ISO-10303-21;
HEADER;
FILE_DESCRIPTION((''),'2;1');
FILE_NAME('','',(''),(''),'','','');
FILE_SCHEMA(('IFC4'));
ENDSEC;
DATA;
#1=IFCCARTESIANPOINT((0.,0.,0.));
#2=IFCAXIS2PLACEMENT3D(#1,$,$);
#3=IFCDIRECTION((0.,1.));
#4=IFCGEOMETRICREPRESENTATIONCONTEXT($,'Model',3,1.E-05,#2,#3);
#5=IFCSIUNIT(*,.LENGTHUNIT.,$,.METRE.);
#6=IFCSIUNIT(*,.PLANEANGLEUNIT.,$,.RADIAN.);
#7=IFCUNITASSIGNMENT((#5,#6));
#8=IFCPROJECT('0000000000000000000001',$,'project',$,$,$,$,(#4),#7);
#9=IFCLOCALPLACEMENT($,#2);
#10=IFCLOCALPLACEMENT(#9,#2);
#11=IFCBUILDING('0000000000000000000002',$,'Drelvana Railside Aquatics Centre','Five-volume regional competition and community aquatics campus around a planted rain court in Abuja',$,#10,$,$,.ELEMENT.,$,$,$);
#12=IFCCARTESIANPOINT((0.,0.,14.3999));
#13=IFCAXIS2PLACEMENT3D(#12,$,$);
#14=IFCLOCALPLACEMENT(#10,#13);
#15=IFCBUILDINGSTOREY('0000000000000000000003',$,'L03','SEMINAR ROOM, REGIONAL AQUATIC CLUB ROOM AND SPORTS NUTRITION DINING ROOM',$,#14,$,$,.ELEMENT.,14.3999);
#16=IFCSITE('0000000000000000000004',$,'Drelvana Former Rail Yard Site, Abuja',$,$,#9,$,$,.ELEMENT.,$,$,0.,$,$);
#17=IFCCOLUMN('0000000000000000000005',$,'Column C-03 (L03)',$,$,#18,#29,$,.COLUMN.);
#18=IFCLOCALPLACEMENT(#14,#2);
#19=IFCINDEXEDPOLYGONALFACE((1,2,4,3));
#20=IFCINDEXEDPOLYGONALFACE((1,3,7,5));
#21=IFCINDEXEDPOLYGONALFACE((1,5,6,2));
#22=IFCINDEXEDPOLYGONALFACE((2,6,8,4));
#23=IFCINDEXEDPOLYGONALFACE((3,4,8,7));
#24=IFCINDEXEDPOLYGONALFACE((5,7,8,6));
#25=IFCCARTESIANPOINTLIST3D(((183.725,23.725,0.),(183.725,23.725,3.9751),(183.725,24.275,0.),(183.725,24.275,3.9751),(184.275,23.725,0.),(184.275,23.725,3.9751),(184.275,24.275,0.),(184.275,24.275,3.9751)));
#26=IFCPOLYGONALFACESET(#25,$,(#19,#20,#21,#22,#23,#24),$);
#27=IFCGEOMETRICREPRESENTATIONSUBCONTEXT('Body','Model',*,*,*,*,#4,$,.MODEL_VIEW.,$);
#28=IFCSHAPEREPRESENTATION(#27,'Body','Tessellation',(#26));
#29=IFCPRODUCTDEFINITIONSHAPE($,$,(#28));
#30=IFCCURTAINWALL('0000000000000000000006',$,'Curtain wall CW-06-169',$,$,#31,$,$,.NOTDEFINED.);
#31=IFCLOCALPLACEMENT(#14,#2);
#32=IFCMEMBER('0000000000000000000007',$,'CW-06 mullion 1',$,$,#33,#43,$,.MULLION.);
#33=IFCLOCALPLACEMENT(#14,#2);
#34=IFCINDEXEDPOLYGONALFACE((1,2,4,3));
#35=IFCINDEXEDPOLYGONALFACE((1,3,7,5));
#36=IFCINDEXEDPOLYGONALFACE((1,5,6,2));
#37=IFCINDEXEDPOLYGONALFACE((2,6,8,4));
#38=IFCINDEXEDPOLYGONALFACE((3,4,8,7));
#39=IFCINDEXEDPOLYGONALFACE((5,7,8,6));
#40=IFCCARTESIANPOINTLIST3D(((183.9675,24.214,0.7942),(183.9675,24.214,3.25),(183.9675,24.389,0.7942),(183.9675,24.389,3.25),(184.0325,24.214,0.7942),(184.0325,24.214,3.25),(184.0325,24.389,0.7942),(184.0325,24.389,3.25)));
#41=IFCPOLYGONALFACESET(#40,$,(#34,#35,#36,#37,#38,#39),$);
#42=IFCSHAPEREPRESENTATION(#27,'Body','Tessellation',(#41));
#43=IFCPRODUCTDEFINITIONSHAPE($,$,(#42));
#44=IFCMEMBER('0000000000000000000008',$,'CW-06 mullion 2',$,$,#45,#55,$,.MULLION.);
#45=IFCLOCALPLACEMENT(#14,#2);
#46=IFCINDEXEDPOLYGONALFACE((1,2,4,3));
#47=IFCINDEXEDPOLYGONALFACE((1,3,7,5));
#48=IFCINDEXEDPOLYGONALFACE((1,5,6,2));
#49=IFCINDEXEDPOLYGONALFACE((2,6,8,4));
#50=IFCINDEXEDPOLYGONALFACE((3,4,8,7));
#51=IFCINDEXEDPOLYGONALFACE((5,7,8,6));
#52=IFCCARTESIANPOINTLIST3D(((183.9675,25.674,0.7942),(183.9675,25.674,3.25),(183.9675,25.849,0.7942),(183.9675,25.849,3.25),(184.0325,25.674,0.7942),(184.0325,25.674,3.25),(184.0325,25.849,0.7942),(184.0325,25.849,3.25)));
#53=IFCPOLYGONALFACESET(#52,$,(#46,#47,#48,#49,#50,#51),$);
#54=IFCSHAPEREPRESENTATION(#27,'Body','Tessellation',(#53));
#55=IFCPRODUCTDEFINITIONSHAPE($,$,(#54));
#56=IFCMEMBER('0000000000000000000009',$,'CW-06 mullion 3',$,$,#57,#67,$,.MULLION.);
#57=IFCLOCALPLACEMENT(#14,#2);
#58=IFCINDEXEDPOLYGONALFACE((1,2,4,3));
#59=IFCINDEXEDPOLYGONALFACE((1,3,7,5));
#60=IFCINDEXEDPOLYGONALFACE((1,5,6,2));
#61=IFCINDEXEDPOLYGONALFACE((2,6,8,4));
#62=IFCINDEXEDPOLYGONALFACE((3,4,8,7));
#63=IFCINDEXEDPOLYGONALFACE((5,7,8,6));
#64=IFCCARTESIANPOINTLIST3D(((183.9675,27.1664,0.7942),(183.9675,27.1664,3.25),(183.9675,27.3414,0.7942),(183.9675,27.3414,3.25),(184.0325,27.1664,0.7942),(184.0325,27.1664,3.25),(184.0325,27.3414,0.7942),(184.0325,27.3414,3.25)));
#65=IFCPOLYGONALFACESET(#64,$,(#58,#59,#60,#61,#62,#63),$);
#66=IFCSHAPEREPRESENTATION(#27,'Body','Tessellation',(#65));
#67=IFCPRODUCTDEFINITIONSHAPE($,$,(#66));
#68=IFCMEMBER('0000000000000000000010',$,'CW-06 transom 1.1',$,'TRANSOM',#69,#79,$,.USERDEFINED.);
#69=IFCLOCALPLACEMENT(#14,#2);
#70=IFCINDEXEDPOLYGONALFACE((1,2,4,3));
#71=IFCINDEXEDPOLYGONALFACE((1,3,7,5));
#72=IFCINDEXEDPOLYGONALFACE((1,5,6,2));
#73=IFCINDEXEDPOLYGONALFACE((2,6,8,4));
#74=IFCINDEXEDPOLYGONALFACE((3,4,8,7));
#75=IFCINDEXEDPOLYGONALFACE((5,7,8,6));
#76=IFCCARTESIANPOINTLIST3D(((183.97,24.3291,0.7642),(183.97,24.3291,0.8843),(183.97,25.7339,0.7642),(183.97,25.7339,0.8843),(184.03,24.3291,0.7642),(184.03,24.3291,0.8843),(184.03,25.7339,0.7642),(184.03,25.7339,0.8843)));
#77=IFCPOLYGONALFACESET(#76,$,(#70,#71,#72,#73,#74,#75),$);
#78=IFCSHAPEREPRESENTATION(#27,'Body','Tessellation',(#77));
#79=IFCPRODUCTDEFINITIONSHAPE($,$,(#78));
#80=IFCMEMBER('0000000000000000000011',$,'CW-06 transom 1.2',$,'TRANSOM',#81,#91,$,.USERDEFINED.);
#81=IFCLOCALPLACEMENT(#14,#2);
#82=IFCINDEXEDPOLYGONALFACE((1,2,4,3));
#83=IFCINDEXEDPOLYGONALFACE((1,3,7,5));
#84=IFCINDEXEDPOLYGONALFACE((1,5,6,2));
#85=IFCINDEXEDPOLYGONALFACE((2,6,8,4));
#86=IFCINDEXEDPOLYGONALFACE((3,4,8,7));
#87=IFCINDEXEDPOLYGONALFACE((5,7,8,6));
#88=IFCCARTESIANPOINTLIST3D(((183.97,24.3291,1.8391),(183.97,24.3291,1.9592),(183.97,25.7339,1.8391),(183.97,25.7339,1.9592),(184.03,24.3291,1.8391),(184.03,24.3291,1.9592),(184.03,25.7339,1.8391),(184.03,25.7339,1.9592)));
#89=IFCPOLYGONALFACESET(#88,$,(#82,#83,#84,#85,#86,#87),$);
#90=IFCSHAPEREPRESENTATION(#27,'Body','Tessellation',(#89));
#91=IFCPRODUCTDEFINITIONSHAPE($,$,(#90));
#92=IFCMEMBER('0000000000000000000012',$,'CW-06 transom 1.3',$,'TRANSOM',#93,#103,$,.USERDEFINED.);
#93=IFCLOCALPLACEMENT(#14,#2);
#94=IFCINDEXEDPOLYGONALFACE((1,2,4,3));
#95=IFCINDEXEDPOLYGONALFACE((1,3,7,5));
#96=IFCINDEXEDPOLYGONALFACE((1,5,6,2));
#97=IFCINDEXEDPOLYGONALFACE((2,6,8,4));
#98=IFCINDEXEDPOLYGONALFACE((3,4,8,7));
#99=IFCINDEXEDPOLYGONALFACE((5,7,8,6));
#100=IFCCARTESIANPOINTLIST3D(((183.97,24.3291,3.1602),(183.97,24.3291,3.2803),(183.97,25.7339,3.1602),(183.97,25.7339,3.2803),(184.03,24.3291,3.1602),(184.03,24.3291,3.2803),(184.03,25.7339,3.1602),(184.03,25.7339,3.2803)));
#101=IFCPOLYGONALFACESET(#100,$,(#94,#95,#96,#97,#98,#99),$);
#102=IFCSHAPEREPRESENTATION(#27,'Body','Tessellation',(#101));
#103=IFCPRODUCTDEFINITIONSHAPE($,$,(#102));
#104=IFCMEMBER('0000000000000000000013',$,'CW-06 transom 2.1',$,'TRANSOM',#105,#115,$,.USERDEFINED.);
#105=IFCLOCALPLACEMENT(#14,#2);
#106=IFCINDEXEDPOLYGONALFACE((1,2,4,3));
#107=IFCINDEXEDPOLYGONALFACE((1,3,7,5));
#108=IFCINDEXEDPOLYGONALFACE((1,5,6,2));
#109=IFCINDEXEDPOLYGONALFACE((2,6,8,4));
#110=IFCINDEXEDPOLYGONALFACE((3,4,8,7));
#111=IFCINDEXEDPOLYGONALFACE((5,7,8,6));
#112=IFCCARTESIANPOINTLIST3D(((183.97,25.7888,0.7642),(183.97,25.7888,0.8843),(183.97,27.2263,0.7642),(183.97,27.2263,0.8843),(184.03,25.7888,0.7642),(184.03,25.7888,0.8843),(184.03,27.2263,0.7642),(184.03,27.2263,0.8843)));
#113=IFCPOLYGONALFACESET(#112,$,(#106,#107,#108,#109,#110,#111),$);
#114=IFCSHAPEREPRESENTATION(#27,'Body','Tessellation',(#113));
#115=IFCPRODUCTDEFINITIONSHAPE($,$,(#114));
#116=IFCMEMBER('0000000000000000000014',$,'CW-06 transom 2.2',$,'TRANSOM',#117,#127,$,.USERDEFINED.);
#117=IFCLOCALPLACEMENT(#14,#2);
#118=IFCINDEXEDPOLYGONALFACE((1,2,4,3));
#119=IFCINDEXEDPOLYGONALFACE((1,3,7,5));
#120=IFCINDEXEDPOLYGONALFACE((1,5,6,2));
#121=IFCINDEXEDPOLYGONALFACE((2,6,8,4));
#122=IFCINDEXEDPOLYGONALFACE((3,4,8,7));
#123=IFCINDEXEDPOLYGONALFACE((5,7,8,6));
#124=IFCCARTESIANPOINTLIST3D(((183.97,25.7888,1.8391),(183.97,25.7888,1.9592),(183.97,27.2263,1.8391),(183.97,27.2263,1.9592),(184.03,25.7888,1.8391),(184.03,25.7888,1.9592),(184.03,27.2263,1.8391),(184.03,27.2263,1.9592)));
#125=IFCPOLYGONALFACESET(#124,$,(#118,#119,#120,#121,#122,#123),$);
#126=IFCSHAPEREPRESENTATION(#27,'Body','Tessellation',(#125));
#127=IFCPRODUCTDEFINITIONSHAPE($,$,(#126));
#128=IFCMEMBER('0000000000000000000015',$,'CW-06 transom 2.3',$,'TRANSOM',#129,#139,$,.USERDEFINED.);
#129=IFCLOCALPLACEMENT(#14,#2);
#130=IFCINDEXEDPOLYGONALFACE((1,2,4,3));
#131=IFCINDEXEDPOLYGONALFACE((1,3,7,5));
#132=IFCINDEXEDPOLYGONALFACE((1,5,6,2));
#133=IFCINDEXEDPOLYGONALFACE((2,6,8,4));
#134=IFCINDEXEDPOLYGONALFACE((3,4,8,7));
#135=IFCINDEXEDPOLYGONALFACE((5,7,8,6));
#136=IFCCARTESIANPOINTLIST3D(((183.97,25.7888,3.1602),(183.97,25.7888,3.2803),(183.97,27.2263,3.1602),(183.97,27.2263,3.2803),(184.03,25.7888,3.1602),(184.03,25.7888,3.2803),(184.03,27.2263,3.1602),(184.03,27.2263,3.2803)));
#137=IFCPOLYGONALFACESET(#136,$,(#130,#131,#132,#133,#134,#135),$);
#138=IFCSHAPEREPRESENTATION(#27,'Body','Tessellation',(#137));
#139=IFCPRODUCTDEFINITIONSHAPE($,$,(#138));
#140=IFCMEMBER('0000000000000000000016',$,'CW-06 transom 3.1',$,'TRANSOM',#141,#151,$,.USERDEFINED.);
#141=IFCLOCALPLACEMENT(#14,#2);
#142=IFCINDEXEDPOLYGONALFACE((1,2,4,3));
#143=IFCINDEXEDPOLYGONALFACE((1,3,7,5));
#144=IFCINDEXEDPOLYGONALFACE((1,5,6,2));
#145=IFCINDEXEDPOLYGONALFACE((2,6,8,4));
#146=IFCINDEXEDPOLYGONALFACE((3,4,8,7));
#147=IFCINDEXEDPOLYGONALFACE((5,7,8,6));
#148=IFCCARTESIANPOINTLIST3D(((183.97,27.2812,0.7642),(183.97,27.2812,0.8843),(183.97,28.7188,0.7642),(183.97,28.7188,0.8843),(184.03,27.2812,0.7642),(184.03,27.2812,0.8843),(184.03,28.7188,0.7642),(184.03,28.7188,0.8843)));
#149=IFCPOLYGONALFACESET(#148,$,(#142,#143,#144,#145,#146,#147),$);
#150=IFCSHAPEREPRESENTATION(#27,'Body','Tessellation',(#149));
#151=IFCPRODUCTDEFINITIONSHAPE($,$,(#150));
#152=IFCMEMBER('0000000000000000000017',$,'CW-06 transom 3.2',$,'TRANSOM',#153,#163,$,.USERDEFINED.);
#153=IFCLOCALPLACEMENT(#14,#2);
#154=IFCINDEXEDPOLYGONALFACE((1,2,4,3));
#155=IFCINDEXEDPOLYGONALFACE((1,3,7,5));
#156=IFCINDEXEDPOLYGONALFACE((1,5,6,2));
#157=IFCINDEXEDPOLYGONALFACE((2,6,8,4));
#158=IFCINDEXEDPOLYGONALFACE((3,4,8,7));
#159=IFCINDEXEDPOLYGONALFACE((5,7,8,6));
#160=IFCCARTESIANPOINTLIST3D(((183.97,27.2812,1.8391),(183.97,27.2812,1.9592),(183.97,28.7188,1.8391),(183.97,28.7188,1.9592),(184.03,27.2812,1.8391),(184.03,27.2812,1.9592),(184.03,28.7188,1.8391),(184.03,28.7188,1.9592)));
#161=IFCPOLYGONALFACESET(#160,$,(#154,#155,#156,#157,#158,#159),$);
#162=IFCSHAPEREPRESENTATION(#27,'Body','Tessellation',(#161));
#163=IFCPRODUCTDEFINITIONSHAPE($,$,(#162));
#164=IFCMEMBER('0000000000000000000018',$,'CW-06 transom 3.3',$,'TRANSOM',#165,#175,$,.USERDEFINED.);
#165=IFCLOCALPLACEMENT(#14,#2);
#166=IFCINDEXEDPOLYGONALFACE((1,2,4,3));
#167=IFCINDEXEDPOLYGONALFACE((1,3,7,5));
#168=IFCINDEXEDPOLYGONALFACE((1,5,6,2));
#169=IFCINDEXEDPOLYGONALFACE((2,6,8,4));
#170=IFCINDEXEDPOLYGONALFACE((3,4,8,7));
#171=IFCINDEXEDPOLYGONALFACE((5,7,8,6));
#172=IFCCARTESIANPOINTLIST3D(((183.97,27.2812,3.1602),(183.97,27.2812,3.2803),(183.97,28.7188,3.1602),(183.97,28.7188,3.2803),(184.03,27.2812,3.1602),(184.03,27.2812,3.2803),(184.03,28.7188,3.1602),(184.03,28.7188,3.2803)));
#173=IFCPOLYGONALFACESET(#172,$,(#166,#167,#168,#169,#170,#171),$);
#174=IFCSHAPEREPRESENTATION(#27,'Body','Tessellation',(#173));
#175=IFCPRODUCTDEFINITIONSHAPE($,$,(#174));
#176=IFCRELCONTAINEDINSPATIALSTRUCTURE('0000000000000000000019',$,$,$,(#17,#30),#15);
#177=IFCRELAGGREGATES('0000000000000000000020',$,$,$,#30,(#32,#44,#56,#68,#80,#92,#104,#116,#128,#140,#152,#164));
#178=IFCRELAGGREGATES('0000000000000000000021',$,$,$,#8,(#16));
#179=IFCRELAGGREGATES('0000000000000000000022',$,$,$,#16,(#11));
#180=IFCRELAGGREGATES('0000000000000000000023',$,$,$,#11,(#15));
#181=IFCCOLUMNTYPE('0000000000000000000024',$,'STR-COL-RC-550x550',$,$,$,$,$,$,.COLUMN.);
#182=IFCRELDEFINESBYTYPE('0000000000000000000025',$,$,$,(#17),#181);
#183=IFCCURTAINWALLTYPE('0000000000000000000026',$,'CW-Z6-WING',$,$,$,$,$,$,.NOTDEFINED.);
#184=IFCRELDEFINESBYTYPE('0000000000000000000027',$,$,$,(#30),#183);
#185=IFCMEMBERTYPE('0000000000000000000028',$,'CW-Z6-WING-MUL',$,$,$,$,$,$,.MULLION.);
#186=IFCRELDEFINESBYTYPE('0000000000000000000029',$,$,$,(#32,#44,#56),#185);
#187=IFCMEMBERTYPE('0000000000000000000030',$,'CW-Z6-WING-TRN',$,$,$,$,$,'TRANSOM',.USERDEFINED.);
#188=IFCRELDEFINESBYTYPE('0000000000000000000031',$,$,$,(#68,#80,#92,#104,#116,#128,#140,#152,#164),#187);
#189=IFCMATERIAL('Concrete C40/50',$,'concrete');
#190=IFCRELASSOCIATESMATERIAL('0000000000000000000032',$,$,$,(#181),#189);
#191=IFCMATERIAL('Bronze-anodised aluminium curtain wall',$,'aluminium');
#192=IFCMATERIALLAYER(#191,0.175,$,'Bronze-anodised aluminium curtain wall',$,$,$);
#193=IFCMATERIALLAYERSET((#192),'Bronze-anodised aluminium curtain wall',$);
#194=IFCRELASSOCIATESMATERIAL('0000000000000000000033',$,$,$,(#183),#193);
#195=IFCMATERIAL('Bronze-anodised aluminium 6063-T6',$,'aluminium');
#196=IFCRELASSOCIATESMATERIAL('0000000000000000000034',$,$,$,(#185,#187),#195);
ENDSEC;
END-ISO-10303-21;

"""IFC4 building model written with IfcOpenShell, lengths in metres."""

from ifc_helpers import new_model, si_unit, direction, frame, origin, origin_2d, place, context, subcontext, project, spatial, rectangle, extrude, material, layer, layer_set, material_profile, profile_set, type_object, element, aggregate, save


model = new_model("IFC4")

# Units and contexts
model_context = context("Model", 3, precision=1e-05, world=origin(), true_north=direction((0.0, 1.0)))
body_context = subcontext(model_context, "Body", "Model", "MODEL_VIEW")
ifc_project = project(units=[si_unit("LENGTHUNIT", "METRE"), si_unit("PLANEANGLEUNIT", "RADIAN")], contexts=[model_context])

# Site, building, storey
site_placement = place(None, origin())
site = spatial("IfcSite", under=ifc_project, at=site_placement, Name="Drelvana Former Rail Yard Site, Abuja", CompositionType="ELEMENT", RefElevation=0.0)
building_placement = place(site_placement, origin())
building = spatial("IfcBuilding", under=site, at=building_placement, Name="Drelvana Railside Aquatics Centre", Description="Five-volume regional competition and community aquatics campus around a planted rain court in Abuja", CompositionType="ELEMENT")
storey_placement = place(building_placement, frame((0.0, 0.0, 14.3999)))
storey = spatial("IfcBuildingStorey", under=building, at=storey_placement, Name="L03", Description="SEMINAR ROOM, REGIONAL AQUATIC CLUB ROOM AND SPORTS NUTRITION DINING ROOM", CompositionType="ELEMENT", Elevation=14.3999)

# Column
ifc_material_1 = material(Name="Concrete C40/50", Category="concrete")
ifc_material_profile_1 = material_profile(ifc_material_1, rectangle(XDim=0.55, YDim=0.55, at=origin_2d()), Name="RC 550x550")
ifc_profile_set_1 = profile_set([ifc_material_profile_1], Name="Concrete C40/50")
column_type = type_object("IfcColumnType", Name="STR-COL-RC-550x550", PredefinedType="COLUMN", material=ifc_profile_set_1)
column_placement = place(storey_placement, frame((184.0, 24.0, 0.0), z_axis=(0.0, 0.0, 1.0), x_axis=(1.0, 0.0, 0.0)))
element("IfcColumn", 1, at=column_placement, inside=storey, type_object=column_type, Name="Column C-03 (L03)", PredefinedType="COLUMN", context=body_context, shape_type="SweptSolid", body=[
    extrude(rectangle(XDim=0.55, YDim=0.55, at=origin_2d()), origin(), (0.0, 0.0, 1.0), 3.9751),
])

# Curtain wall, members
ifc_material_2 = material(Name="Bronze-anodised aluminium curtain wall", Category="aluminium")
ifc_layer_1 = layer(ifc_material_2, 0.175, Name="Bronze-anodised aluminium curtain wall")
ifc_layer_set_1 = layer_set([ifc_layer_1], Name="Bronze-anodised aluminium curtain wall")
curtain_wall_type = type_object("IfcCurtainWallType", Name="CW-Z6-WING", PredefinedType="NOTDEFINED", material=ifc_layer_set_1)
curtain_wall_placement = place(storey_placement, origin())
curtain_wall = element("IfcCurtainWall", 2, at=curtain_wall_placement, inside=storey, type_object=curtain_wall_type, Name="Curtain wall CW-06-169", PredefinedType="NOTDEFINED")
ifc_material_3 = material(Name="Bronze-anodised aluminium 6063-T6", Category="aluminium")
ifc_material_profile_2 = material_profile(ifc_material_3, rectangle(XDim=0.0649, YDim=0.175, at=origin_2d()), Name="ALU-M 65x175")
ifc_profile_set_2 = profile_set([ifc_material_profile_2], Name="Bronze-anodised aluminium 6063-T6")
member_type_1 = type_object("IfcMemberType", Name="CW-Z6-WING-MUL", PredefinedType="MULLION", material=ifc_profile_set_2)
member_1_placement = place(storey_placement, frame((184.0, 24.3015, 0.7942), z_axis=(0.0, 0.0, 1.0), x_axis=(-1.0, 0.0, 0.0)))
member_1 = element("IfcMember", 3, at=member_1_placement, type_object=member_type_1, Name="CW-06 mullion 1", PredefinedType="MULLION", context=body_context, shape_type="SweptSolid", body=[
    extrude(rectangle(XDim=0.0649, YDim=0.175, at=origin_2d()), origin(), (0.0, 0.0, 1.0), 2.4558),
])
member_2_placement = place(storey_placement, frame((184.0, 25.7615, 0.7942), z_axis=(0.0, 0.0, 1.0), x_axis=(-1.0, 0.0, 0.0)))
member_2 = element("IfcMember", 4, at=member_2_placement, type_object=member_type_1, Name="CW-06 mullion 2", PredefinedType="MULLION", context=body_context, shape_type="SweptSolid", body=[
    extrude(rectangle(XDim=0.0649, YDim=0.175, at=origin_2d()), origin(), (0.0, 0.0, 1.0), 2.4558),
])
member_3_placement = place(storey_placement, frame((184.0, 27.2539, 0.7942), z_axis=(0.0, 0.0, 1.0), x_axis=(-1.0, 0.0, 0.0)))
member_3 = element("IfcMember", 5, at=member_3_placement, type_object=member_type_1, Name="CW-06 mullion 3", PredefinedType="MULLION", context=body_context, shape_type="SweptSolid", body=[
    extrude(rectangle(XDim=0.0649, YDim=0.175, at=origin_2d()), origin(), (0.0, 0.0, 1.0), 2.4558),
])
ifc_material_profile_3 = material_profile(ifc_material_3, rectangle(XDim=0.1201, YDim=0.0601, at=origin_2d()), Name="ALU-T 60x120")
ifc_profile_set_3 = profile_set([ifc_material_profile_3], Name="Bronze-anodised aluminium 6063-T6")
member_type_2 = type_object("IfcMemberType", Name="CW-Z6-WING-TRN", ElementType="TRANSOM", PredefinedType="USERDEFINED", material=ifc_profile_set_3)
member_4_placement = place(storey_placement, frame((184.0, 24.3291, 0.8242), z_axis=(0.0, 1.0, 0.0), x_axis=(0.0, 0.0, 1.0)))
member_4 = element("IfcMember", 6, at=member_4_placement, type_object=member_type_2, Name="CW-06 transom 1.1", ObjectType="TRANSOM", PredefinedType="USERDEFINED", context=body_context, shape_type="SweptSolid", body=[
    extrude(rectangle(XDim=0.1201, YDim=0.0601, at=origin_2d()), origin(), (0.0, 0.0, 1.0), 1.4048),
])
member_5_placement = place(storey_placement, frame((184.0, 24.3291, 1.8992), z_axis=(0.0, 1.0, 0.0), x_axis=(0.0, 0.0, 1.0)))
member_5 = element("IfcMember", 7, at=member_5_placement, type_object=member_type_2, Name="CW-06 transom 1.2", ObjectType="TRANSOM", PredefinedType="USERDEFINED", context=body_context, shape_type="SweptSolid", body=[
    extrude(rectangle(XDim=0.1201, YDim=0.0601, at=origin_2d()), origin(), (0.0, 0.0, 1.0), 1.4048),
])
member_6_placement = place(storey_placement, frame((184.0, 24.3291, 3.2202), z_axis=(0.0, 1.0, 0.0), x_axis=(0.0, 0.0, 1.0)))
member_6 = element("IfcMember", 8, at=member_6_placement, type_object=member_type_2, Name="CW-06 transom 1.3", ObjectType="TRANSOM", PredefinedType="USERDEFINED", context=body_context, shape_type="SweptSolid", body=[
    extrude(rectangle(XDim=0.1201, YDim=0.0601, at=origin_2d()), origin(), (0.0, 0.0, 1.0), 1.4048),
])
member_7_placement = place(storey_placement, frame((184.0, 25.7888, 0.8242), z_axis=(0.0, 1.0, 0.0), x_axis=(0.0, 0.0, 1.0)))
member_7 = element("IfcMember", 9, at=member_7_placement, type_object=member_type_2, Name="CW-06 transom 2.1", ObjectType="TRANSOM", PredefinedType="USERDEFINED", context=body_context, shape_type="SweptSolid", body=[
    extrude(rectangle(XDim=0.1201, YDim=0.0601, at=origin_2d()), origin(), (0.0, 0.0, 1.0), 1.4375),
])
member_8_placement = place(storey_placement, frame((184.0, 25.7888, 1.8992), z_axis=(0.0, 1.0, 0.0), x_axis=(0.0, 0.0, 1.0)))
member_8 = element("IfcMember", 10, at=member_8_placement, type_object=member_type_2, Name="CW-06 transom 2.2", ObjectType="TRANSOM", PredefinedType="USERDEFINED", context=body_context, shape_type="SweptSolid", body=[
    extrude(rectangle(XDim=0.1201, YDim=0.0601, at=origin_2d()), origin(), (0.0, 0.0, 1.0), 1.4375),
])
member_9_placement = place(storey_placement, frame((184.0, 25.7888, 3.2202), z_axis=(0.0, 1.0, 0.0), x_axis=(0.0, 0.0, 1.0)))
member_9 = element("IfcMember", 11, at=member_9_placement, type_object=member_type_2, Name="CW-06 transom 2.3", ObjectType="TRANSOM", PredefinedType="USERDEFINED", context=body_context, shape_type="SweptSolid", body=[
    extrude(rectangle(XDim=0.1201, YDim=0.0601, at=origin_2d()), origin(), (0.0, 0.0, 1.0), 1.4375),
])
member_10_placement = place(storey_placement, frame((184.0, 27.2812, 0.8242), z_axis=(0.0, 1.0, 0.0), x_axis=(0.0, 0.0, 1.0)))
member_10 = element("IfcMember", 12, at=member_10_placement, type_object=member_type_2, Name="CW-06 transom 3.1", ObjectType="TRANSOM", PredefinedType="USERDEFINED", context=body_context, shape_type="SweptSolid", body=[
    extrude(rectangle(XDim=0.1201, YDim=0.0601, at=origin_2d()), origin(), (0.0, 0.0, 1.0), 1.4375),
])
member_11_placement = place(storey_placement, frame((184.0, 27.2812, 1.8992), z_axis=(0.0, 1.0, 0.0), x_axis=(0.0, 0.0, 1.0)))
member_11 = element("IfcMember", 13, at=member_11_placement, type_object=member_type_2, Name="CW-06 transom 3.2", ObjectType="TRANSOM", PredefinedType="USERDEFINED", context=body_context, shape_type="SweptSolid", body=[
    extrude(rectangle(XDim=0.1201, YDim=0.0601, at=origin_2d()), origin(), (0.0, 0.0, 1.0), 1.4375),
])
member_12_placement = place(storey_placement, frame((184.0, 27.2812, 3.2202), z_axis=(0.0, 1.0, 0.0), x_axis=(0.0, 0.0, 1.0)))
member_12 = element("IfcMember", 14, at=member_12_placement, type_object=member_type_2, Name="CW-06 transom 3.3", ObjectType="TRANSOM", PredefinedType="USERDEFINED", context=body_context, shape_type="SweptSolid", body=[
    extrude(rectangle(XDim=0.1201, YDim=0.0601, at=origin_2d()), origin(), (0.0, 0.0, 1.0), 1.4375),
])

aggregate(curtain_wall, [member_1, member_2, member_3, member_4, member_5, member_6, member_7, member_8, member_9, member_10, member_11, member_12])

save(model, "model.ifc")
